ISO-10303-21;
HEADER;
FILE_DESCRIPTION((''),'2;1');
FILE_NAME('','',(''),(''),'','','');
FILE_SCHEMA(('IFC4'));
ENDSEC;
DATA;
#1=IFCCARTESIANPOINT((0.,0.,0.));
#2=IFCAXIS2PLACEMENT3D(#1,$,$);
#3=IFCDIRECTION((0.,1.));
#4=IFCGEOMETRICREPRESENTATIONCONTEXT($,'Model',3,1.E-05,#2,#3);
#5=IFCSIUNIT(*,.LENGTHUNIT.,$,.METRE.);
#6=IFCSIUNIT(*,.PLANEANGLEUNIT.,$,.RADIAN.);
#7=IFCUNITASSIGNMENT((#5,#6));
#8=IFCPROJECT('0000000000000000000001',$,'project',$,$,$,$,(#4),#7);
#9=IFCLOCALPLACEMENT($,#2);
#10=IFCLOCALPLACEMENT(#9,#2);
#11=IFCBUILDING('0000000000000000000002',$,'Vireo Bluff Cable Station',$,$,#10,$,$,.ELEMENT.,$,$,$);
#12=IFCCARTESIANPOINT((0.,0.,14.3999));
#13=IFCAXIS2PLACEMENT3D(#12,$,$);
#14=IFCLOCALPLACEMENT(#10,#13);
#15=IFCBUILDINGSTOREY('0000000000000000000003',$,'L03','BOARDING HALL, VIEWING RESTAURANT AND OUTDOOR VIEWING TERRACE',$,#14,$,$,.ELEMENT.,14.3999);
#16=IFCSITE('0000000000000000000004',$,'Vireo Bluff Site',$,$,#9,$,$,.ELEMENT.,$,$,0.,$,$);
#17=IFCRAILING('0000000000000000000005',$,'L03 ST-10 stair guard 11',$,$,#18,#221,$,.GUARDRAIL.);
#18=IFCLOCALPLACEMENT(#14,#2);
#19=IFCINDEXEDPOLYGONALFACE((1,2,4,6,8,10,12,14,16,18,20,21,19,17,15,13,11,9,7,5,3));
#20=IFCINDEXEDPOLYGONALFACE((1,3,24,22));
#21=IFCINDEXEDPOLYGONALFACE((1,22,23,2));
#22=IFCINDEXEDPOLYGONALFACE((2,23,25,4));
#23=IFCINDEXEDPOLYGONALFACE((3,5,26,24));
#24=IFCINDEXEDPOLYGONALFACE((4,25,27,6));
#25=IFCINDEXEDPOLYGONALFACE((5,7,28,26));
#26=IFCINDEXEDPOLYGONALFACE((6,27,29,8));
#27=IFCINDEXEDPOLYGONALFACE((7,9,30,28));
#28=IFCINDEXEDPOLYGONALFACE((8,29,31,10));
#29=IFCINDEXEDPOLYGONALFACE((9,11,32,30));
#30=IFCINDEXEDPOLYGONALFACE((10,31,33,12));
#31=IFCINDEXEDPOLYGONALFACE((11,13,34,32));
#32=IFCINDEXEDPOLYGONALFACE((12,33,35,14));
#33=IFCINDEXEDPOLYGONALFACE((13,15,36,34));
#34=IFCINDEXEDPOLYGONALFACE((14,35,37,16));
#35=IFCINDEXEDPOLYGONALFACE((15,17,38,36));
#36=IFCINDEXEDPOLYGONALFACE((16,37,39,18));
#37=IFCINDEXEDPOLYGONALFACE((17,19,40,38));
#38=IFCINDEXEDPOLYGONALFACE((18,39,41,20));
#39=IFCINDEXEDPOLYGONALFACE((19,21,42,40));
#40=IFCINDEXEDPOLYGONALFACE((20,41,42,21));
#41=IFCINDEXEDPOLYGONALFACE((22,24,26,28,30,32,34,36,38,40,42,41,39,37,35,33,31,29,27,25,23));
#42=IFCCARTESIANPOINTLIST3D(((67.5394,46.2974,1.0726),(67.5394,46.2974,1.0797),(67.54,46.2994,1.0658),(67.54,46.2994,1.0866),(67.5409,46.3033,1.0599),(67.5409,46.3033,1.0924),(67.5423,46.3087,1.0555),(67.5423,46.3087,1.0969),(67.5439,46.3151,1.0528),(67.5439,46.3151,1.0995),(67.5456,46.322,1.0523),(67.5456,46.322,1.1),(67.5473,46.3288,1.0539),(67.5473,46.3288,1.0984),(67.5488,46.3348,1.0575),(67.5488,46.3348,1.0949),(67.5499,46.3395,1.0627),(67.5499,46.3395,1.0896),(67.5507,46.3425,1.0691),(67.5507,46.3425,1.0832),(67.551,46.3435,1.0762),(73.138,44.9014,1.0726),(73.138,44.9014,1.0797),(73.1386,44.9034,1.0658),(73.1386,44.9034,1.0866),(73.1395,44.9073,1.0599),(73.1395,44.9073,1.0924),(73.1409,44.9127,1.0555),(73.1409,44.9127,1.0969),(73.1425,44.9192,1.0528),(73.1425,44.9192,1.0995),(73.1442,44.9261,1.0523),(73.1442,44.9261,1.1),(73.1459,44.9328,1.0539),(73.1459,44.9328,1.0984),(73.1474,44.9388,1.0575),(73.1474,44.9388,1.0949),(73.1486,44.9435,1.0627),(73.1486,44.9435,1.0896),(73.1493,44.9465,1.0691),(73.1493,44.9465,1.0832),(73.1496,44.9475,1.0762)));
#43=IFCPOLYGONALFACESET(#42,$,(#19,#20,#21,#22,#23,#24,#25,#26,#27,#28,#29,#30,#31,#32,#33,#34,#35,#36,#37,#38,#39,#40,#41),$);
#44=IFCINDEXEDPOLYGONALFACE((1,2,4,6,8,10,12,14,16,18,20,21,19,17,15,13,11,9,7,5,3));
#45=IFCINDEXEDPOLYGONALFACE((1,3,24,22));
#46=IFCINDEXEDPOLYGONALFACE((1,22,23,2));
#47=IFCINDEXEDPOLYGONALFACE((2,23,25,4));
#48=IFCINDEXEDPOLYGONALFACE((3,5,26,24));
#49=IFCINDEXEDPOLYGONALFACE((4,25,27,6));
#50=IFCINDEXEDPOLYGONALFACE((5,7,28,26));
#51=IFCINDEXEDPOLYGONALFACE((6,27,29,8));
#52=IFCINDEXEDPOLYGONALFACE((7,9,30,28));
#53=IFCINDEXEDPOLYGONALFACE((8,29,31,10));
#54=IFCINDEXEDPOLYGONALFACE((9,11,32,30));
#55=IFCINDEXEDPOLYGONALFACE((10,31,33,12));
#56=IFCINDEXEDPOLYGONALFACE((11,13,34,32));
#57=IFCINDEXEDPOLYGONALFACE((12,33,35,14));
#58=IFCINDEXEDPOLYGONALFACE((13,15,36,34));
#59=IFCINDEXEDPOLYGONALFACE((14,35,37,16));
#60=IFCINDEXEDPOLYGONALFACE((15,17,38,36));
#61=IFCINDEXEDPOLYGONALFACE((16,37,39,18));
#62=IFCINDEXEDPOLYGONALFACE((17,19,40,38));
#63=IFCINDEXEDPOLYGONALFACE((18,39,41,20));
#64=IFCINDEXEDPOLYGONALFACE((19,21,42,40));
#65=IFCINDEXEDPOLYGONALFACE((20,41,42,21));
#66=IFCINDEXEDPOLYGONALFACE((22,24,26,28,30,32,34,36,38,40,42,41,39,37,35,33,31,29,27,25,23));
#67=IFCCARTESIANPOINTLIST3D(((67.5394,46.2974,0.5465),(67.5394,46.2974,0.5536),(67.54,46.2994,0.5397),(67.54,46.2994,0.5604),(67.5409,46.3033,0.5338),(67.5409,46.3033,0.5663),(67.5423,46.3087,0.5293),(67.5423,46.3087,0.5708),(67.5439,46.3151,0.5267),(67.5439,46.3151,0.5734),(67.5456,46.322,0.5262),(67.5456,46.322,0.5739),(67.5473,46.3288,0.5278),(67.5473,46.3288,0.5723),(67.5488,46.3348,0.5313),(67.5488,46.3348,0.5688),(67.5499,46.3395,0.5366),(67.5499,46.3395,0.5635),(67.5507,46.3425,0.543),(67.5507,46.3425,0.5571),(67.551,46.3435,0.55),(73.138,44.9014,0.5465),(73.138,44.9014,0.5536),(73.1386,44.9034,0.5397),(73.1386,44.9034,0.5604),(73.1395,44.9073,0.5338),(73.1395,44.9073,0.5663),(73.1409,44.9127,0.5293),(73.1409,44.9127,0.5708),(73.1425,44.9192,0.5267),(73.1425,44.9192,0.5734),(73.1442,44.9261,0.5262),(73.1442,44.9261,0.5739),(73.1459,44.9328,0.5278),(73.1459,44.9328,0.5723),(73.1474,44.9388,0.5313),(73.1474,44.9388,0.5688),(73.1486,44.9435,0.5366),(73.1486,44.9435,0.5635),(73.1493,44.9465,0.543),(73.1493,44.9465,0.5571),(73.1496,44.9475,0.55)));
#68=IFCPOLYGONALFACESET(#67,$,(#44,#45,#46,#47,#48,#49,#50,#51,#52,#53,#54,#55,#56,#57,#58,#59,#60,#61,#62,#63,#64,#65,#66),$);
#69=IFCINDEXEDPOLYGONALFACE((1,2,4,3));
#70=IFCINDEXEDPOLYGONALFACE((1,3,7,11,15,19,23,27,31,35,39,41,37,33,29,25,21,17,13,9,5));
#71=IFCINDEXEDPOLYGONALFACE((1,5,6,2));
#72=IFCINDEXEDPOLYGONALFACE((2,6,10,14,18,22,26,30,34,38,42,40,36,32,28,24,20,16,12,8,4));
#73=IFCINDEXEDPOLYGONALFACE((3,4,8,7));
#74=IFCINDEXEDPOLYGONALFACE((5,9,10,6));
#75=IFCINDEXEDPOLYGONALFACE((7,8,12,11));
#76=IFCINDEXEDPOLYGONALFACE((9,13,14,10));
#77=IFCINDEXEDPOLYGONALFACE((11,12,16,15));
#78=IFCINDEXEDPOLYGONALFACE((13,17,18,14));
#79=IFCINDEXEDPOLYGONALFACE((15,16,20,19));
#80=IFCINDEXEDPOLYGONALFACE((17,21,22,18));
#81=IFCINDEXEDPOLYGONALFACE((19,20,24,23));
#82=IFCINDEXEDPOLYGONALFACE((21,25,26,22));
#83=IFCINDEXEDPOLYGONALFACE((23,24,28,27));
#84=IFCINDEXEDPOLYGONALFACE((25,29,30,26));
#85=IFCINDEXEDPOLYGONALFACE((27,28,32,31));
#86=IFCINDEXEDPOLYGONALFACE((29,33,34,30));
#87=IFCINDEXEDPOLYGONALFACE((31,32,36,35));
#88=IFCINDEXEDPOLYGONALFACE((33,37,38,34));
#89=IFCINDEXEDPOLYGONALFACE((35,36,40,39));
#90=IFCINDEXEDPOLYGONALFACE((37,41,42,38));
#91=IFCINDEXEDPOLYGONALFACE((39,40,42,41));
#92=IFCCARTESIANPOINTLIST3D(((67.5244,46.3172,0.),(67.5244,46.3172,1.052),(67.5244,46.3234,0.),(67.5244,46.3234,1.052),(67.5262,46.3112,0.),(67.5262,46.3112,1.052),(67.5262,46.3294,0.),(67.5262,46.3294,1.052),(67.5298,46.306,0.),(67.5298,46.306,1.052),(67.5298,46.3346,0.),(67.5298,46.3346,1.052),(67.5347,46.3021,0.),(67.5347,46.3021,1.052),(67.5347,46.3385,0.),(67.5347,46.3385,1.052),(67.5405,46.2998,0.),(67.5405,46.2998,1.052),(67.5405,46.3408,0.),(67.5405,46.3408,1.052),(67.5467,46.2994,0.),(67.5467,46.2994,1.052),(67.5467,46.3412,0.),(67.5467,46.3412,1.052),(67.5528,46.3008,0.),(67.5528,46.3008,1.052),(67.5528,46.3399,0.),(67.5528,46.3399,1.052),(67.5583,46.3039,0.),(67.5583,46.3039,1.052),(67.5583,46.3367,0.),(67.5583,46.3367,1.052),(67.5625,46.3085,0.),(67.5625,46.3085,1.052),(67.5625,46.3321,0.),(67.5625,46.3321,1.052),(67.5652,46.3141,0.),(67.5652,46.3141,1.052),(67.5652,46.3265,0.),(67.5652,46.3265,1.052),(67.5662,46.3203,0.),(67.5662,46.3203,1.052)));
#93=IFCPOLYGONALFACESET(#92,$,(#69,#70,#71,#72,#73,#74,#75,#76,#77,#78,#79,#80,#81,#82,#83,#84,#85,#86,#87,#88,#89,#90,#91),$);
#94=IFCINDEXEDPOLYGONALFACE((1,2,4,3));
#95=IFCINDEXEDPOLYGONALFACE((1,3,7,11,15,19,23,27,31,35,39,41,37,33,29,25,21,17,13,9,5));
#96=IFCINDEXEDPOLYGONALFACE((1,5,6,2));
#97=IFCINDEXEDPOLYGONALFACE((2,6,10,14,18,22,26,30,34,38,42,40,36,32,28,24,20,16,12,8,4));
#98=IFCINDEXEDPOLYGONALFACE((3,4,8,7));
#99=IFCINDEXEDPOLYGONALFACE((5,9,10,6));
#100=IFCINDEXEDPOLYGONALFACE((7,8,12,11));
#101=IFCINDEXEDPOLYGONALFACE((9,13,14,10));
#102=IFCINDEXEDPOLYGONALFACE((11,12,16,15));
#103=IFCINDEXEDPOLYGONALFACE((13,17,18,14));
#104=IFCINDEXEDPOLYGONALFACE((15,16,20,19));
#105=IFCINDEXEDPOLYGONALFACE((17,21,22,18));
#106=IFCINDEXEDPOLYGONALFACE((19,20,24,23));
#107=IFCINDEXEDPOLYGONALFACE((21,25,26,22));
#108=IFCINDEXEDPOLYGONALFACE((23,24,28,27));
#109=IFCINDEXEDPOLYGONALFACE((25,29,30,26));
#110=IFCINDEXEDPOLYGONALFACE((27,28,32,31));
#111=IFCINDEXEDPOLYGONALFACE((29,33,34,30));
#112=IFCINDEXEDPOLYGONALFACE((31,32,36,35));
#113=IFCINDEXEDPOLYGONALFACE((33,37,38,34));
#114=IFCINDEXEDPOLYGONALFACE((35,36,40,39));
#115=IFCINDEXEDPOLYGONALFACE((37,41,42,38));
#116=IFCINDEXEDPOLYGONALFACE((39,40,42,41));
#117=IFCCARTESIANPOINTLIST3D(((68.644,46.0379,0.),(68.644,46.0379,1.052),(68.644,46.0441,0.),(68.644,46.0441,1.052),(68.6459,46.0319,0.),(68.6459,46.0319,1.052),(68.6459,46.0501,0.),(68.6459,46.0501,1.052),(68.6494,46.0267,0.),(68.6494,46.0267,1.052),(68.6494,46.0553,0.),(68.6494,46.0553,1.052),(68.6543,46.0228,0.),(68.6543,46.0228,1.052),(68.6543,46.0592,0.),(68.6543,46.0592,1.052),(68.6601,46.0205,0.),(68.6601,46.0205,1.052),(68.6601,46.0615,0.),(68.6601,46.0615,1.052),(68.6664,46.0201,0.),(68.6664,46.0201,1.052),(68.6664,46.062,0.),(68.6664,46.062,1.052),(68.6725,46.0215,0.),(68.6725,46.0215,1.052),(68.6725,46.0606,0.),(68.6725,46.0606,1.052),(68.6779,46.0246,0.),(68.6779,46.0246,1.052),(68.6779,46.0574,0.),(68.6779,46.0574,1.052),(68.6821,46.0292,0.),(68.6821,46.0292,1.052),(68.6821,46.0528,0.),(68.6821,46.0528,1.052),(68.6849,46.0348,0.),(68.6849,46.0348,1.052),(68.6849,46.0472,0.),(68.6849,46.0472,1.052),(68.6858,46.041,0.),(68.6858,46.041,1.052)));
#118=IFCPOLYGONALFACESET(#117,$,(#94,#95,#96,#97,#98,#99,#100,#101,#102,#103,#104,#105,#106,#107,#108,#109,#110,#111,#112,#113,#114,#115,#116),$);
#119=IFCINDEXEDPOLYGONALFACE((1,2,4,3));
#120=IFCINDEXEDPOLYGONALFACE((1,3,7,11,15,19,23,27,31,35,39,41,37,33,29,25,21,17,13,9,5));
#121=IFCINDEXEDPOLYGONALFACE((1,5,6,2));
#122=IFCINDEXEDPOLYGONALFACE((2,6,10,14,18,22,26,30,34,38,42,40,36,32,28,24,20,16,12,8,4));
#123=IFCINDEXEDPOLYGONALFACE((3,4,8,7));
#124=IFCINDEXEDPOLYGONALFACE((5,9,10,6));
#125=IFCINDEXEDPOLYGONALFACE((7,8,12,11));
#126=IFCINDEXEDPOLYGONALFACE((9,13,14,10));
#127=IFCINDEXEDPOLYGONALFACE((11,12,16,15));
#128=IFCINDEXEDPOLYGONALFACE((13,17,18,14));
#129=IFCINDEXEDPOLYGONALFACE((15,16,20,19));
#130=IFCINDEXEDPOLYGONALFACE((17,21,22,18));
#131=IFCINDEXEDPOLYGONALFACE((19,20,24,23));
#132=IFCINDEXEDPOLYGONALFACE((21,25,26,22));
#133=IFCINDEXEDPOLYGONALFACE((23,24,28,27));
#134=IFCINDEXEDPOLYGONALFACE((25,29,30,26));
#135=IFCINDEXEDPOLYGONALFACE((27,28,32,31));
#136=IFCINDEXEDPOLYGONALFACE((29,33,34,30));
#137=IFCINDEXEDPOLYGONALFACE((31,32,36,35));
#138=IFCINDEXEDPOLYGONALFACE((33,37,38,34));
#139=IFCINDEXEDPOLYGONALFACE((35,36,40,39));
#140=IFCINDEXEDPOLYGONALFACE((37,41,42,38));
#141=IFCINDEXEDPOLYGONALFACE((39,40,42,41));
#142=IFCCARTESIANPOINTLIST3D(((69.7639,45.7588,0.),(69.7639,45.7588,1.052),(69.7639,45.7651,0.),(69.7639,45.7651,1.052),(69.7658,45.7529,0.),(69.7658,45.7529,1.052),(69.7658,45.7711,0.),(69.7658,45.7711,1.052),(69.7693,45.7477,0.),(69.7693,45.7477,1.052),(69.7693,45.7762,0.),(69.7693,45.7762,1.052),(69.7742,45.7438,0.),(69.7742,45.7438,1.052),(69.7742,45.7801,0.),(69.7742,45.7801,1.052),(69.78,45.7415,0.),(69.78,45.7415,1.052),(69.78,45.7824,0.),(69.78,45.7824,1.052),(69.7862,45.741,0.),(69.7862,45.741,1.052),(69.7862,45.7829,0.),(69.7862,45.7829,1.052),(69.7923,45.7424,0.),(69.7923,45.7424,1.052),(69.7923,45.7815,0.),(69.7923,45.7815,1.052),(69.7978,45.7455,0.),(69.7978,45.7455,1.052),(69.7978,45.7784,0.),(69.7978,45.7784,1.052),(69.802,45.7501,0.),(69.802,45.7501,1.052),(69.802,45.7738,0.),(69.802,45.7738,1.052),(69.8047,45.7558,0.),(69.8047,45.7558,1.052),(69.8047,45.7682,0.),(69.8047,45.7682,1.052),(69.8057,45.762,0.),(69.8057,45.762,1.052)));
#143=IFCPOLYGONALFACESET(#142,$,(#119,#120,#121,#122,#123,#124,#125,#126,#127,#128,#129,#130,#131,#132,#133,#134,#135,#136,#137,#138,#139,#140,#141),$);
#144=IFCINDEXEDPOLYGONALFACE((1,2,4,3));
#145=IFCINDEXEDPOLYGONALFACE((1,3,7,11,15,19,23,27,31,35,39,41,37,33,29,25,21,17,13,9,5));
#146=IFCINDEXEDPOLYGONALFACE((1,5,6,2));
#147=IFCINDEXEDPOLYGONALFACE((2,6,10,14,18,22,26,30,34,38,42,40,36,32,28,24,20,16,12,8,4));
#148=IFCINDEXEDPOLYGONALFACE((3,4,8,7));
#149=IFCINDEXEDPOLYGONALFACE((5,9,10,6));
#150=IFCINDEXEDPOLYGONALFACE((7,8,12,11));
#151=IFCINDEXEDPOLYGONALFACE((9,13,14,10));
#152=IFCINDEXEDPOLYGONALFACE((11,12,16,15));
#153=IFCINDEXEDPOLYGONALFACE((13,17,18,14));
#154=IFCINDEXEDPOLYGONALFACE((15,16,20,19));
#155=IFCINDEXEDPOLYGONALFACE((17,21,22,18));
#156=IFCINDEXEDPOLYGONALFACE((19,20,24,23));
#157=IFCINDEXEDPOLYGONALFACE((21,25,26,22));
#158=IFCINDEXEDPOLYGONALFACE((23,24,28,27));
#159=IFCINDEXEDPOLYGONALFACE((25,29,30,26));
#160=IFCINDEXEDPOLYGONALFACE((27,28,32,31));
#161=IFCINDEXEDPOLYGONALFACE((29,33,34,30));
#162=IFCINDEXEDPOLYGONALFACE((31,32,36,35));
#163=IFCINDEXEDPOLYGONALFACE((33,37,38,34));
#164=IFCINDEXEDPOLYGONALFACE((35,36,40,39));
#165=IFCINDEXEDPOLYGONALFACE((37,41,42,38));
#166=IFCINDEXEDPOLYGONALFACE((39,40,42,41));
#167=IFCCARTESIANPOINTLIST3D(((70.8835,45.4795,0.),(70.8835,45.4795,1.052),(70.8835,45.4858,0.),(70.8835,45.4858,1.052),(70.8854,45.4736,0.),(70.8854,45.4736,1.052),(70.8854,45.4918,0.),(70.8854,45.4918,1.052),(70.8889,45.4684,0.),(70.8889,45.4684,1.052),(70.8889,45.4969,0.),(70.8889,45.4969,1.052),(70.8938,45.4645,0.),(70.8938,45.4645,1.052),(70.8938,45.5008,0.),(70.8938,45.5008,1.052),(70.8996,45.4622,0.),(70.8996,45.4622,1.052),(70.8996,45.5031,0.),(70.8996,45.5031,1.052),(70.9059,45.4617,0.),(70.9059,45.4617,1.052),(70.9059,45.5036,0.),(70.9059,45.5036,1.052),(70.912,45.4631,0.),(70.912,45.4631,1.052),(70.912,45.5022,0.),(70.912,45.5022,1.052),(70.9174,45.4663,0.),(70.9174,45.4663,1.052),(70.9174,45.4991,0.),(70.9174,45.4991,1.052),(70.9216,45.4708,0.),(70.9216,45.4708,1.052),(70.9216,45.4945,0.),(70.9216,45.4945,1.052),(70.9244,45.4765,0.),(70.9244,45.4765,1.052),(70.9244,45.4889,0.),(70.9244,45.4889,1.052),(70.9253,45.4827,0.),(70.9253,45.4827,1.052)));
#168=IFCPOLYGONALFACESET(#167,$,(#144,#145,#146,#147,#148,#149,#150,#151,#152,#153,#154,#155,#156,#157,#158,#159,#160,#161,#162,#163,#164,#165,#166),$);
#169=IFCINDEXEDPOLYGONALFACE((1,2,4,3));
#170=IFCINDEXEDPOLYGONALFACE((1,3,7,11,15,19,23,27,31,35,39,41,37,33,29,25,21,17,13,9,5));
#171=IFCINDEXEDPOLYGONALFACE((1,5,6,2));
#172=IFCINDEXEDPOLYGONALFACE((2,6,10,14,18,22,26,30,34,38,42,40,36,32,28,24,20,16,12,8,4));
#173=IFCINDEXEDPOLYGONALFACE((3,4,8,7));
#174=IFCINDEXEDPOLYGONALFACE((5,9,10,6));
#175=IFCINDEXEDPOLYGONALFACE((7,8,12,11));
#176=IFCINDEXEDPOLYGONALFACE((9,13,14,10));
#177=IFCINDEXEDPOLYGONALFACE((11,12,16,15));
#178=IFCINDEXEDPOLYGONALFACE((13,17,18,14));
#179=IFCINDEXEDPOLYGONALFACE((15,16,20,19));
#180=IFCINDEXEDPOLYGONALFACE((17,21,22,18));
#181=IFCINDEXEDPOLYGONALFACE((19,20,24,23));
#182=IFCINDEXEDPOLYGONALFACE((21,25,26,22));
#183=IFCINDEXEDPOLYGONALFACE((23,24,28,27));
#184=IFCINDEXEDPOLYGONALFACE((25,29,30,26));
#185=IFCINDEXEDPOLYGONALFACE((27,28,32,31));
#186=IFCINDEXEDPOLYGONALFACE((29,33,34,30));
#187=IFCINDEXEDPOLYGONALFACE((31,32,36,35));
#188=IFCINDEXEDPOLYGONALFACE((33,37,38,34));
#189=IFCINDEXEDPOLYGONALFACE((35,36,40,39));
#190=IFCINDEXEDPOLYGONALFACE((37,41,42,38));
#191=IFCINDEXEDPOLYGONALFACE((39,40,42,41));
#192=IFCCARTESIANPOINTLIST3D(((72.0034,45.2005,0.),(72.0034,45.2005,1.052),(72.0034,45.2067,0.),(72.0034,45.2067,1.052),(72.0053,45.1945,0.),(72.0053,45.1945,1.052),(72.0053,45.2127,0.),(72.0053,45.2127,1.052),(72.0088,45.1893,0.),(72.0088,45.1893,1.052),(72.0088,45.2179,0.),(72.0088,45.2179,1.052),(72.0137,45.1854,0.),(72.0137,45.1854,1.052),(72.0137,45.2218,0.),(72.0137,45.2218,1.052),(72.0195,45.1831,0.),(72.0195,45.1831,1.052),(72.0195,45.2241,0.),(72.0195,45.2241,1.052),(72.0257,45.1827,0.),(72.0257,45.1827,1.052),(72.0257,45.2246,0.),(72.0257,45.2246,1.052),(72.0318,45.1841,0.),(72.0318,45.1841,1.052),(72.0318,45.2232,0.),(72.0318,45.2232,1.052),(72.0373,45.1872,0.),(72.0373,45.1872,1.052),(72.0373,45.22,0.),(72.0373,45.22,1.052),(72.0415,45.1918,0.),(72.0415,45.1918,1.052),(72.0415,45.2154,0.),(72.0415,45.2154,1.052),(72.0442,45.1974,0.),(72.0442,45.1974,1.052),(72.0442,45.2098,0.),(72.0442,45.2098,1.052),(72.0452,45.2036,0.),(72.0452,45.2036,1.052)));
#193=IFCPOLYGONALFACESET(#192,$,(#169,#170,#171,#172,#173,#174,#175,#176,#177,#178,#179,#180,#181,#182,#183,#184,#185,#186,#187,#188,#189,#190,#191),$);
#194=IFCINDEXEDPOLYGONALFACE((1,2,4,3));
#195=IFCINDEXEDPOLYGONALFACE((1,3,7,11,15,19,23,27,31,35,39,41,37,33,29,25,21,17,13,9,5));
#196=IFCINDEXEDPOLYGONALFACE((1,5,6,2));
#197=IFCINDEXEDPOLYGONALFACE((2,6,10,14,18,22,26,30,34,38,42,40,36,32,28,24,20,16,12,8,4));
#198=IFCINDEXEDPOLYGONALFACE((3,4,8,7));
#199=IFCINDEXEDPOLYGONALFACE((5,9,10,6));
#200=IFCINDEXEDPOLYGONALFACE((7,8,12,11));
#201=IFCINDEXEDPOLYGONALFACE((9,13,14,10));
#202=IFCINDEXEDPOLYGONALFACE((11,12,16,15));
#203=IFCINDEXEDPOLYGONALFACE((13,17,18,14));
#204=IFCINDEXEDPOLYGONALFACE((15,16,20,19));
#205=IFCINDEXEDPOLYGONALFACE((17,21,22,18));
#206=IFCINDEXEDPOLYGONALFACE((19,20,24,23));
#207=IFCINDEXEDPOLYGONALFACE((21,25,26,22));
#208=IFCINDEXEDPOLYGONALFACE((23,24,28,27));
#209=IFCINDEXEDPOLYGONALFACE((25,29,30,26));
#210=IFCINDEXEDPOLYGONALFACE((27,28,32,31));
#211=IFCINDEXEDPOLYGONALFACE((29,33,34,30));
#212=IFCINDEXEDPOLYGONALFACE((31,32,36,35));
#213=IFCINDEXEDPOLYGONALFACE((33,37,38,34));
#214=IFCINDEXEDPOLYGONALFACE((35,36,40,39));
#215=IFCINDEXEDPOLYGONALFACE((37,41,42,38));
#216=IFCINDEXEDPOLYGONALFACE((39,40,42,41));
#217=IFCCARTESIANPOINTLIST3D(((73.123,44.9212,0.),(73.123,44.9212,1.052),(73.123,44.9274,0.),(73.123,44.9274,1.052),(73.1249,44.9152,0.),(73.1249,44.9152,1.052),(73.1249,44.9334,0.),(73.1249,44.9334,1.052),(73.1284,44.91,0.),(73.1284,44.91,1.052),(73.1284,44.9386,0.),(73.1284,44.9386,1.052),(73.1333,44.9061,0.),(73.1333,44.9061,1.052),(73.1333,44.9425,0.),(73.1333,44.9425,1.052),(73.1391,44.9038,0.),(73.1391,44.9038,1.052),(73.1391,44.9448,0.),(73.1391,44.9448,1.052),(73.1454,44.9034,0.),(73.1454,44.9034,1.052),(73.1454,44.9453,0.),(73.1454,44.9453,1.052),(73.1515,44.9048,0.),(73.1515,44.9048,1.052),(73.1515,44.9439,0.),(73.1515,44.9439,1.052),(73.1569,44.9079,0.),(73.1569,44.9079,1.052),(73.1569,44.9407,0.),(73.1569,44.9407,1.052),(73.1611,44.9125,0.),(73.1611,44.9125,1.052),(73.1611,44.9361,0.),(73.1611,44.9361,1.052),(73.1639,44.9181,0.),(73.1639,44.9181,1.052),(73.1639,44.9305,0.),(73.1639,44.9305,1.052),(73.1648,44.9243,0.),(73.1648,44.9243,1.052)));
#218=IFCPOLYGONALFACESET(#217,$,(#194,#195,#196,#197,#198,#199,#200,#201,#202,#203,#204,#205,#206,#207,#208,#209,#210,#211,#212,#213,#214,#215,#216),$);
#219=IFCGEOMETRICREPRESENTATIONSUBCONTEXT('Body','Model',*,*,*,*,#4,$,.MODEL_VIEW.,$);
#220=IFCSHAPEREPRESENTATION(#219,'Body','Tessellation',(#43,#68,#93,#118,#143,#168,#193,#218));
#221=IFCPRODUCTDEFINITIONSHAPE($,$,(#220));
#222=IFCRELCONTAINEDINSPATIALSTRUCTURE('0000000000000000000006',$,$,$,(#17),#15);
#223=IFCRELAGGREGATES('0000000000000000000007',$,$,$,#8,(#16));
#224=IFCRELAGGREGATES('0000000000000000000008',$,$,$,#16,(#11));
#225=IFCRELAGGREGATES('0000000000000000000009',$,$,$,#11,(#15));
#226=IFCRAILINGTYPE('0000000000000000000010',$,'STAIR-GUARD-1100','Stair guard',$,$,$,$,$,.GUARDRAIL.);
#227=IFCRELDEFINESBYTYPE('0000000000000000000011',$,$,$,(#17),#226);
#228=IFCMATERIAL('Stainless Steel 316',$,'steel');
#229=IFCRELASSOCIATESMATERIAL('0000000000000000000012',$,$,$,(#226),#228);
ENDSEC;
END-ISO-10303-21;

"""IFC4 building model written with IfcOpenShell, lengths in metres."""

from ifc_helpers import new_model, si_unit, direction, frame, origin, origin_2d, place, context, subcontext, project, spatial, circle, extrude, material, type_object, element, save


model = new_model("IFC4")

# Units and contexts
model_context = context("Model", 3, precision=1e-05, world=origin(), true_north=direction((0.0, 1.0)))
body_context = subcontext(model_context, "Body", "Model", "MODEL_VIEW")
ifc_project = project(units=[si_unit("LENGTHUNIT", "METRE"), si_unit("PLANEANGLEUNIT", "RADIAN")], contexts=[model_context])

# Site, building, storey
site_placement = place(None, origin())
site = spatial("IfcSite", under=ifc_project, at=site_placement, Name="Vireo Bluff Site", CompositionType="ELEMENT", RefElevation=0.0)
building_placement = place(site_placement, origin())
building = spatial("IfcBuilding", under=site, at=building_placement, Name="Vireo Bluff Cable Station", CompositionType="ELEMENT")
storey_placement = place(building_placement, frame((0.0, 0.0, 14.3999)))
storey = spatial("IfcBuildingStorey", under=building, at=storey_placement, Name="L03", Description="BOARDING HALL, VIEWING RESTAURANT AND OUTDOOR VIEWING TERRACE", CompositionType="ELEMENT", Elevation=14.3999)

# Railing
ifc_material_1 = material(Name="Stainless Steel 316", Category="steel")
railing_type_1 = type_object("IfcRailingType", Name="STAIR-GUARD-1100", Description="Stair guard", PredefinedType="GUARDRAIL", material=ifc_material_1)
railing_1_placement = place(storey_placement, frame((67.5452, 46.3203, 0.0)))
element("IfcRailing", 1, at=railing_1_placement, inside=storey, type_object=railing_type_1, Name="L03 ST-10 stair guard 11", PredefinedType="GUARDRAIL", context=body_context, shape_type="SweptSolid", body=[
    extrude(circle(Radius=0.0239, at=origin_2d()), frame((0.0, 0.0, 1.0762), z_axis=(0.970292, -0.241938, 0.0), x_axis=(0.241938, 0.970292, 0.0)), (0.0, 0.0, 1.0), 5.77),
    extrude(circle(Radius=0.0239, at=origin_2d()), frame((0.0, 0.0, 0.55), z_axis=(0.970292, -0.241938, 0.0), x_axis=(0.241938, 0.970292, 0.0)), (0.0, 0.0, 1.0), 5.77),
    extrude(circle(Radius=0.021, at=origin_2d()), origin(), (0.0, 0.0, 1.0), 1.052),
    extrude(circle(Radius=0.021, at=origin_2d()), frame((1.1196, -0.2793, 0.0)), (0.0, 0.0, 1.0), 1.052),
    extrude(circle(Radius=0.021, at=origin_2d()), frame((2.2395, -0.5583, 0.0)), (0.0, 0.0, 1.0), 1.052),
    extrude(circle(Radius=0.021, at=origin_2d()), frame((3.3591, -0.8376, 0.0)), (0.0, 0.0, 1.0), 1.052),
    extrude(circle(Radius=0.021, at=origin_2d()), frame((4.479, -1.1167, 0.0)), (0.0, 0.0, 1.0), 1.052),
    extrude(circle(Radius=0.021, at=origin_2d()), frame((5.5986, -1.396, 0.0)), (0.0, 0.0, 1.0), 1.052),
])

save(model, "model.ifc")
